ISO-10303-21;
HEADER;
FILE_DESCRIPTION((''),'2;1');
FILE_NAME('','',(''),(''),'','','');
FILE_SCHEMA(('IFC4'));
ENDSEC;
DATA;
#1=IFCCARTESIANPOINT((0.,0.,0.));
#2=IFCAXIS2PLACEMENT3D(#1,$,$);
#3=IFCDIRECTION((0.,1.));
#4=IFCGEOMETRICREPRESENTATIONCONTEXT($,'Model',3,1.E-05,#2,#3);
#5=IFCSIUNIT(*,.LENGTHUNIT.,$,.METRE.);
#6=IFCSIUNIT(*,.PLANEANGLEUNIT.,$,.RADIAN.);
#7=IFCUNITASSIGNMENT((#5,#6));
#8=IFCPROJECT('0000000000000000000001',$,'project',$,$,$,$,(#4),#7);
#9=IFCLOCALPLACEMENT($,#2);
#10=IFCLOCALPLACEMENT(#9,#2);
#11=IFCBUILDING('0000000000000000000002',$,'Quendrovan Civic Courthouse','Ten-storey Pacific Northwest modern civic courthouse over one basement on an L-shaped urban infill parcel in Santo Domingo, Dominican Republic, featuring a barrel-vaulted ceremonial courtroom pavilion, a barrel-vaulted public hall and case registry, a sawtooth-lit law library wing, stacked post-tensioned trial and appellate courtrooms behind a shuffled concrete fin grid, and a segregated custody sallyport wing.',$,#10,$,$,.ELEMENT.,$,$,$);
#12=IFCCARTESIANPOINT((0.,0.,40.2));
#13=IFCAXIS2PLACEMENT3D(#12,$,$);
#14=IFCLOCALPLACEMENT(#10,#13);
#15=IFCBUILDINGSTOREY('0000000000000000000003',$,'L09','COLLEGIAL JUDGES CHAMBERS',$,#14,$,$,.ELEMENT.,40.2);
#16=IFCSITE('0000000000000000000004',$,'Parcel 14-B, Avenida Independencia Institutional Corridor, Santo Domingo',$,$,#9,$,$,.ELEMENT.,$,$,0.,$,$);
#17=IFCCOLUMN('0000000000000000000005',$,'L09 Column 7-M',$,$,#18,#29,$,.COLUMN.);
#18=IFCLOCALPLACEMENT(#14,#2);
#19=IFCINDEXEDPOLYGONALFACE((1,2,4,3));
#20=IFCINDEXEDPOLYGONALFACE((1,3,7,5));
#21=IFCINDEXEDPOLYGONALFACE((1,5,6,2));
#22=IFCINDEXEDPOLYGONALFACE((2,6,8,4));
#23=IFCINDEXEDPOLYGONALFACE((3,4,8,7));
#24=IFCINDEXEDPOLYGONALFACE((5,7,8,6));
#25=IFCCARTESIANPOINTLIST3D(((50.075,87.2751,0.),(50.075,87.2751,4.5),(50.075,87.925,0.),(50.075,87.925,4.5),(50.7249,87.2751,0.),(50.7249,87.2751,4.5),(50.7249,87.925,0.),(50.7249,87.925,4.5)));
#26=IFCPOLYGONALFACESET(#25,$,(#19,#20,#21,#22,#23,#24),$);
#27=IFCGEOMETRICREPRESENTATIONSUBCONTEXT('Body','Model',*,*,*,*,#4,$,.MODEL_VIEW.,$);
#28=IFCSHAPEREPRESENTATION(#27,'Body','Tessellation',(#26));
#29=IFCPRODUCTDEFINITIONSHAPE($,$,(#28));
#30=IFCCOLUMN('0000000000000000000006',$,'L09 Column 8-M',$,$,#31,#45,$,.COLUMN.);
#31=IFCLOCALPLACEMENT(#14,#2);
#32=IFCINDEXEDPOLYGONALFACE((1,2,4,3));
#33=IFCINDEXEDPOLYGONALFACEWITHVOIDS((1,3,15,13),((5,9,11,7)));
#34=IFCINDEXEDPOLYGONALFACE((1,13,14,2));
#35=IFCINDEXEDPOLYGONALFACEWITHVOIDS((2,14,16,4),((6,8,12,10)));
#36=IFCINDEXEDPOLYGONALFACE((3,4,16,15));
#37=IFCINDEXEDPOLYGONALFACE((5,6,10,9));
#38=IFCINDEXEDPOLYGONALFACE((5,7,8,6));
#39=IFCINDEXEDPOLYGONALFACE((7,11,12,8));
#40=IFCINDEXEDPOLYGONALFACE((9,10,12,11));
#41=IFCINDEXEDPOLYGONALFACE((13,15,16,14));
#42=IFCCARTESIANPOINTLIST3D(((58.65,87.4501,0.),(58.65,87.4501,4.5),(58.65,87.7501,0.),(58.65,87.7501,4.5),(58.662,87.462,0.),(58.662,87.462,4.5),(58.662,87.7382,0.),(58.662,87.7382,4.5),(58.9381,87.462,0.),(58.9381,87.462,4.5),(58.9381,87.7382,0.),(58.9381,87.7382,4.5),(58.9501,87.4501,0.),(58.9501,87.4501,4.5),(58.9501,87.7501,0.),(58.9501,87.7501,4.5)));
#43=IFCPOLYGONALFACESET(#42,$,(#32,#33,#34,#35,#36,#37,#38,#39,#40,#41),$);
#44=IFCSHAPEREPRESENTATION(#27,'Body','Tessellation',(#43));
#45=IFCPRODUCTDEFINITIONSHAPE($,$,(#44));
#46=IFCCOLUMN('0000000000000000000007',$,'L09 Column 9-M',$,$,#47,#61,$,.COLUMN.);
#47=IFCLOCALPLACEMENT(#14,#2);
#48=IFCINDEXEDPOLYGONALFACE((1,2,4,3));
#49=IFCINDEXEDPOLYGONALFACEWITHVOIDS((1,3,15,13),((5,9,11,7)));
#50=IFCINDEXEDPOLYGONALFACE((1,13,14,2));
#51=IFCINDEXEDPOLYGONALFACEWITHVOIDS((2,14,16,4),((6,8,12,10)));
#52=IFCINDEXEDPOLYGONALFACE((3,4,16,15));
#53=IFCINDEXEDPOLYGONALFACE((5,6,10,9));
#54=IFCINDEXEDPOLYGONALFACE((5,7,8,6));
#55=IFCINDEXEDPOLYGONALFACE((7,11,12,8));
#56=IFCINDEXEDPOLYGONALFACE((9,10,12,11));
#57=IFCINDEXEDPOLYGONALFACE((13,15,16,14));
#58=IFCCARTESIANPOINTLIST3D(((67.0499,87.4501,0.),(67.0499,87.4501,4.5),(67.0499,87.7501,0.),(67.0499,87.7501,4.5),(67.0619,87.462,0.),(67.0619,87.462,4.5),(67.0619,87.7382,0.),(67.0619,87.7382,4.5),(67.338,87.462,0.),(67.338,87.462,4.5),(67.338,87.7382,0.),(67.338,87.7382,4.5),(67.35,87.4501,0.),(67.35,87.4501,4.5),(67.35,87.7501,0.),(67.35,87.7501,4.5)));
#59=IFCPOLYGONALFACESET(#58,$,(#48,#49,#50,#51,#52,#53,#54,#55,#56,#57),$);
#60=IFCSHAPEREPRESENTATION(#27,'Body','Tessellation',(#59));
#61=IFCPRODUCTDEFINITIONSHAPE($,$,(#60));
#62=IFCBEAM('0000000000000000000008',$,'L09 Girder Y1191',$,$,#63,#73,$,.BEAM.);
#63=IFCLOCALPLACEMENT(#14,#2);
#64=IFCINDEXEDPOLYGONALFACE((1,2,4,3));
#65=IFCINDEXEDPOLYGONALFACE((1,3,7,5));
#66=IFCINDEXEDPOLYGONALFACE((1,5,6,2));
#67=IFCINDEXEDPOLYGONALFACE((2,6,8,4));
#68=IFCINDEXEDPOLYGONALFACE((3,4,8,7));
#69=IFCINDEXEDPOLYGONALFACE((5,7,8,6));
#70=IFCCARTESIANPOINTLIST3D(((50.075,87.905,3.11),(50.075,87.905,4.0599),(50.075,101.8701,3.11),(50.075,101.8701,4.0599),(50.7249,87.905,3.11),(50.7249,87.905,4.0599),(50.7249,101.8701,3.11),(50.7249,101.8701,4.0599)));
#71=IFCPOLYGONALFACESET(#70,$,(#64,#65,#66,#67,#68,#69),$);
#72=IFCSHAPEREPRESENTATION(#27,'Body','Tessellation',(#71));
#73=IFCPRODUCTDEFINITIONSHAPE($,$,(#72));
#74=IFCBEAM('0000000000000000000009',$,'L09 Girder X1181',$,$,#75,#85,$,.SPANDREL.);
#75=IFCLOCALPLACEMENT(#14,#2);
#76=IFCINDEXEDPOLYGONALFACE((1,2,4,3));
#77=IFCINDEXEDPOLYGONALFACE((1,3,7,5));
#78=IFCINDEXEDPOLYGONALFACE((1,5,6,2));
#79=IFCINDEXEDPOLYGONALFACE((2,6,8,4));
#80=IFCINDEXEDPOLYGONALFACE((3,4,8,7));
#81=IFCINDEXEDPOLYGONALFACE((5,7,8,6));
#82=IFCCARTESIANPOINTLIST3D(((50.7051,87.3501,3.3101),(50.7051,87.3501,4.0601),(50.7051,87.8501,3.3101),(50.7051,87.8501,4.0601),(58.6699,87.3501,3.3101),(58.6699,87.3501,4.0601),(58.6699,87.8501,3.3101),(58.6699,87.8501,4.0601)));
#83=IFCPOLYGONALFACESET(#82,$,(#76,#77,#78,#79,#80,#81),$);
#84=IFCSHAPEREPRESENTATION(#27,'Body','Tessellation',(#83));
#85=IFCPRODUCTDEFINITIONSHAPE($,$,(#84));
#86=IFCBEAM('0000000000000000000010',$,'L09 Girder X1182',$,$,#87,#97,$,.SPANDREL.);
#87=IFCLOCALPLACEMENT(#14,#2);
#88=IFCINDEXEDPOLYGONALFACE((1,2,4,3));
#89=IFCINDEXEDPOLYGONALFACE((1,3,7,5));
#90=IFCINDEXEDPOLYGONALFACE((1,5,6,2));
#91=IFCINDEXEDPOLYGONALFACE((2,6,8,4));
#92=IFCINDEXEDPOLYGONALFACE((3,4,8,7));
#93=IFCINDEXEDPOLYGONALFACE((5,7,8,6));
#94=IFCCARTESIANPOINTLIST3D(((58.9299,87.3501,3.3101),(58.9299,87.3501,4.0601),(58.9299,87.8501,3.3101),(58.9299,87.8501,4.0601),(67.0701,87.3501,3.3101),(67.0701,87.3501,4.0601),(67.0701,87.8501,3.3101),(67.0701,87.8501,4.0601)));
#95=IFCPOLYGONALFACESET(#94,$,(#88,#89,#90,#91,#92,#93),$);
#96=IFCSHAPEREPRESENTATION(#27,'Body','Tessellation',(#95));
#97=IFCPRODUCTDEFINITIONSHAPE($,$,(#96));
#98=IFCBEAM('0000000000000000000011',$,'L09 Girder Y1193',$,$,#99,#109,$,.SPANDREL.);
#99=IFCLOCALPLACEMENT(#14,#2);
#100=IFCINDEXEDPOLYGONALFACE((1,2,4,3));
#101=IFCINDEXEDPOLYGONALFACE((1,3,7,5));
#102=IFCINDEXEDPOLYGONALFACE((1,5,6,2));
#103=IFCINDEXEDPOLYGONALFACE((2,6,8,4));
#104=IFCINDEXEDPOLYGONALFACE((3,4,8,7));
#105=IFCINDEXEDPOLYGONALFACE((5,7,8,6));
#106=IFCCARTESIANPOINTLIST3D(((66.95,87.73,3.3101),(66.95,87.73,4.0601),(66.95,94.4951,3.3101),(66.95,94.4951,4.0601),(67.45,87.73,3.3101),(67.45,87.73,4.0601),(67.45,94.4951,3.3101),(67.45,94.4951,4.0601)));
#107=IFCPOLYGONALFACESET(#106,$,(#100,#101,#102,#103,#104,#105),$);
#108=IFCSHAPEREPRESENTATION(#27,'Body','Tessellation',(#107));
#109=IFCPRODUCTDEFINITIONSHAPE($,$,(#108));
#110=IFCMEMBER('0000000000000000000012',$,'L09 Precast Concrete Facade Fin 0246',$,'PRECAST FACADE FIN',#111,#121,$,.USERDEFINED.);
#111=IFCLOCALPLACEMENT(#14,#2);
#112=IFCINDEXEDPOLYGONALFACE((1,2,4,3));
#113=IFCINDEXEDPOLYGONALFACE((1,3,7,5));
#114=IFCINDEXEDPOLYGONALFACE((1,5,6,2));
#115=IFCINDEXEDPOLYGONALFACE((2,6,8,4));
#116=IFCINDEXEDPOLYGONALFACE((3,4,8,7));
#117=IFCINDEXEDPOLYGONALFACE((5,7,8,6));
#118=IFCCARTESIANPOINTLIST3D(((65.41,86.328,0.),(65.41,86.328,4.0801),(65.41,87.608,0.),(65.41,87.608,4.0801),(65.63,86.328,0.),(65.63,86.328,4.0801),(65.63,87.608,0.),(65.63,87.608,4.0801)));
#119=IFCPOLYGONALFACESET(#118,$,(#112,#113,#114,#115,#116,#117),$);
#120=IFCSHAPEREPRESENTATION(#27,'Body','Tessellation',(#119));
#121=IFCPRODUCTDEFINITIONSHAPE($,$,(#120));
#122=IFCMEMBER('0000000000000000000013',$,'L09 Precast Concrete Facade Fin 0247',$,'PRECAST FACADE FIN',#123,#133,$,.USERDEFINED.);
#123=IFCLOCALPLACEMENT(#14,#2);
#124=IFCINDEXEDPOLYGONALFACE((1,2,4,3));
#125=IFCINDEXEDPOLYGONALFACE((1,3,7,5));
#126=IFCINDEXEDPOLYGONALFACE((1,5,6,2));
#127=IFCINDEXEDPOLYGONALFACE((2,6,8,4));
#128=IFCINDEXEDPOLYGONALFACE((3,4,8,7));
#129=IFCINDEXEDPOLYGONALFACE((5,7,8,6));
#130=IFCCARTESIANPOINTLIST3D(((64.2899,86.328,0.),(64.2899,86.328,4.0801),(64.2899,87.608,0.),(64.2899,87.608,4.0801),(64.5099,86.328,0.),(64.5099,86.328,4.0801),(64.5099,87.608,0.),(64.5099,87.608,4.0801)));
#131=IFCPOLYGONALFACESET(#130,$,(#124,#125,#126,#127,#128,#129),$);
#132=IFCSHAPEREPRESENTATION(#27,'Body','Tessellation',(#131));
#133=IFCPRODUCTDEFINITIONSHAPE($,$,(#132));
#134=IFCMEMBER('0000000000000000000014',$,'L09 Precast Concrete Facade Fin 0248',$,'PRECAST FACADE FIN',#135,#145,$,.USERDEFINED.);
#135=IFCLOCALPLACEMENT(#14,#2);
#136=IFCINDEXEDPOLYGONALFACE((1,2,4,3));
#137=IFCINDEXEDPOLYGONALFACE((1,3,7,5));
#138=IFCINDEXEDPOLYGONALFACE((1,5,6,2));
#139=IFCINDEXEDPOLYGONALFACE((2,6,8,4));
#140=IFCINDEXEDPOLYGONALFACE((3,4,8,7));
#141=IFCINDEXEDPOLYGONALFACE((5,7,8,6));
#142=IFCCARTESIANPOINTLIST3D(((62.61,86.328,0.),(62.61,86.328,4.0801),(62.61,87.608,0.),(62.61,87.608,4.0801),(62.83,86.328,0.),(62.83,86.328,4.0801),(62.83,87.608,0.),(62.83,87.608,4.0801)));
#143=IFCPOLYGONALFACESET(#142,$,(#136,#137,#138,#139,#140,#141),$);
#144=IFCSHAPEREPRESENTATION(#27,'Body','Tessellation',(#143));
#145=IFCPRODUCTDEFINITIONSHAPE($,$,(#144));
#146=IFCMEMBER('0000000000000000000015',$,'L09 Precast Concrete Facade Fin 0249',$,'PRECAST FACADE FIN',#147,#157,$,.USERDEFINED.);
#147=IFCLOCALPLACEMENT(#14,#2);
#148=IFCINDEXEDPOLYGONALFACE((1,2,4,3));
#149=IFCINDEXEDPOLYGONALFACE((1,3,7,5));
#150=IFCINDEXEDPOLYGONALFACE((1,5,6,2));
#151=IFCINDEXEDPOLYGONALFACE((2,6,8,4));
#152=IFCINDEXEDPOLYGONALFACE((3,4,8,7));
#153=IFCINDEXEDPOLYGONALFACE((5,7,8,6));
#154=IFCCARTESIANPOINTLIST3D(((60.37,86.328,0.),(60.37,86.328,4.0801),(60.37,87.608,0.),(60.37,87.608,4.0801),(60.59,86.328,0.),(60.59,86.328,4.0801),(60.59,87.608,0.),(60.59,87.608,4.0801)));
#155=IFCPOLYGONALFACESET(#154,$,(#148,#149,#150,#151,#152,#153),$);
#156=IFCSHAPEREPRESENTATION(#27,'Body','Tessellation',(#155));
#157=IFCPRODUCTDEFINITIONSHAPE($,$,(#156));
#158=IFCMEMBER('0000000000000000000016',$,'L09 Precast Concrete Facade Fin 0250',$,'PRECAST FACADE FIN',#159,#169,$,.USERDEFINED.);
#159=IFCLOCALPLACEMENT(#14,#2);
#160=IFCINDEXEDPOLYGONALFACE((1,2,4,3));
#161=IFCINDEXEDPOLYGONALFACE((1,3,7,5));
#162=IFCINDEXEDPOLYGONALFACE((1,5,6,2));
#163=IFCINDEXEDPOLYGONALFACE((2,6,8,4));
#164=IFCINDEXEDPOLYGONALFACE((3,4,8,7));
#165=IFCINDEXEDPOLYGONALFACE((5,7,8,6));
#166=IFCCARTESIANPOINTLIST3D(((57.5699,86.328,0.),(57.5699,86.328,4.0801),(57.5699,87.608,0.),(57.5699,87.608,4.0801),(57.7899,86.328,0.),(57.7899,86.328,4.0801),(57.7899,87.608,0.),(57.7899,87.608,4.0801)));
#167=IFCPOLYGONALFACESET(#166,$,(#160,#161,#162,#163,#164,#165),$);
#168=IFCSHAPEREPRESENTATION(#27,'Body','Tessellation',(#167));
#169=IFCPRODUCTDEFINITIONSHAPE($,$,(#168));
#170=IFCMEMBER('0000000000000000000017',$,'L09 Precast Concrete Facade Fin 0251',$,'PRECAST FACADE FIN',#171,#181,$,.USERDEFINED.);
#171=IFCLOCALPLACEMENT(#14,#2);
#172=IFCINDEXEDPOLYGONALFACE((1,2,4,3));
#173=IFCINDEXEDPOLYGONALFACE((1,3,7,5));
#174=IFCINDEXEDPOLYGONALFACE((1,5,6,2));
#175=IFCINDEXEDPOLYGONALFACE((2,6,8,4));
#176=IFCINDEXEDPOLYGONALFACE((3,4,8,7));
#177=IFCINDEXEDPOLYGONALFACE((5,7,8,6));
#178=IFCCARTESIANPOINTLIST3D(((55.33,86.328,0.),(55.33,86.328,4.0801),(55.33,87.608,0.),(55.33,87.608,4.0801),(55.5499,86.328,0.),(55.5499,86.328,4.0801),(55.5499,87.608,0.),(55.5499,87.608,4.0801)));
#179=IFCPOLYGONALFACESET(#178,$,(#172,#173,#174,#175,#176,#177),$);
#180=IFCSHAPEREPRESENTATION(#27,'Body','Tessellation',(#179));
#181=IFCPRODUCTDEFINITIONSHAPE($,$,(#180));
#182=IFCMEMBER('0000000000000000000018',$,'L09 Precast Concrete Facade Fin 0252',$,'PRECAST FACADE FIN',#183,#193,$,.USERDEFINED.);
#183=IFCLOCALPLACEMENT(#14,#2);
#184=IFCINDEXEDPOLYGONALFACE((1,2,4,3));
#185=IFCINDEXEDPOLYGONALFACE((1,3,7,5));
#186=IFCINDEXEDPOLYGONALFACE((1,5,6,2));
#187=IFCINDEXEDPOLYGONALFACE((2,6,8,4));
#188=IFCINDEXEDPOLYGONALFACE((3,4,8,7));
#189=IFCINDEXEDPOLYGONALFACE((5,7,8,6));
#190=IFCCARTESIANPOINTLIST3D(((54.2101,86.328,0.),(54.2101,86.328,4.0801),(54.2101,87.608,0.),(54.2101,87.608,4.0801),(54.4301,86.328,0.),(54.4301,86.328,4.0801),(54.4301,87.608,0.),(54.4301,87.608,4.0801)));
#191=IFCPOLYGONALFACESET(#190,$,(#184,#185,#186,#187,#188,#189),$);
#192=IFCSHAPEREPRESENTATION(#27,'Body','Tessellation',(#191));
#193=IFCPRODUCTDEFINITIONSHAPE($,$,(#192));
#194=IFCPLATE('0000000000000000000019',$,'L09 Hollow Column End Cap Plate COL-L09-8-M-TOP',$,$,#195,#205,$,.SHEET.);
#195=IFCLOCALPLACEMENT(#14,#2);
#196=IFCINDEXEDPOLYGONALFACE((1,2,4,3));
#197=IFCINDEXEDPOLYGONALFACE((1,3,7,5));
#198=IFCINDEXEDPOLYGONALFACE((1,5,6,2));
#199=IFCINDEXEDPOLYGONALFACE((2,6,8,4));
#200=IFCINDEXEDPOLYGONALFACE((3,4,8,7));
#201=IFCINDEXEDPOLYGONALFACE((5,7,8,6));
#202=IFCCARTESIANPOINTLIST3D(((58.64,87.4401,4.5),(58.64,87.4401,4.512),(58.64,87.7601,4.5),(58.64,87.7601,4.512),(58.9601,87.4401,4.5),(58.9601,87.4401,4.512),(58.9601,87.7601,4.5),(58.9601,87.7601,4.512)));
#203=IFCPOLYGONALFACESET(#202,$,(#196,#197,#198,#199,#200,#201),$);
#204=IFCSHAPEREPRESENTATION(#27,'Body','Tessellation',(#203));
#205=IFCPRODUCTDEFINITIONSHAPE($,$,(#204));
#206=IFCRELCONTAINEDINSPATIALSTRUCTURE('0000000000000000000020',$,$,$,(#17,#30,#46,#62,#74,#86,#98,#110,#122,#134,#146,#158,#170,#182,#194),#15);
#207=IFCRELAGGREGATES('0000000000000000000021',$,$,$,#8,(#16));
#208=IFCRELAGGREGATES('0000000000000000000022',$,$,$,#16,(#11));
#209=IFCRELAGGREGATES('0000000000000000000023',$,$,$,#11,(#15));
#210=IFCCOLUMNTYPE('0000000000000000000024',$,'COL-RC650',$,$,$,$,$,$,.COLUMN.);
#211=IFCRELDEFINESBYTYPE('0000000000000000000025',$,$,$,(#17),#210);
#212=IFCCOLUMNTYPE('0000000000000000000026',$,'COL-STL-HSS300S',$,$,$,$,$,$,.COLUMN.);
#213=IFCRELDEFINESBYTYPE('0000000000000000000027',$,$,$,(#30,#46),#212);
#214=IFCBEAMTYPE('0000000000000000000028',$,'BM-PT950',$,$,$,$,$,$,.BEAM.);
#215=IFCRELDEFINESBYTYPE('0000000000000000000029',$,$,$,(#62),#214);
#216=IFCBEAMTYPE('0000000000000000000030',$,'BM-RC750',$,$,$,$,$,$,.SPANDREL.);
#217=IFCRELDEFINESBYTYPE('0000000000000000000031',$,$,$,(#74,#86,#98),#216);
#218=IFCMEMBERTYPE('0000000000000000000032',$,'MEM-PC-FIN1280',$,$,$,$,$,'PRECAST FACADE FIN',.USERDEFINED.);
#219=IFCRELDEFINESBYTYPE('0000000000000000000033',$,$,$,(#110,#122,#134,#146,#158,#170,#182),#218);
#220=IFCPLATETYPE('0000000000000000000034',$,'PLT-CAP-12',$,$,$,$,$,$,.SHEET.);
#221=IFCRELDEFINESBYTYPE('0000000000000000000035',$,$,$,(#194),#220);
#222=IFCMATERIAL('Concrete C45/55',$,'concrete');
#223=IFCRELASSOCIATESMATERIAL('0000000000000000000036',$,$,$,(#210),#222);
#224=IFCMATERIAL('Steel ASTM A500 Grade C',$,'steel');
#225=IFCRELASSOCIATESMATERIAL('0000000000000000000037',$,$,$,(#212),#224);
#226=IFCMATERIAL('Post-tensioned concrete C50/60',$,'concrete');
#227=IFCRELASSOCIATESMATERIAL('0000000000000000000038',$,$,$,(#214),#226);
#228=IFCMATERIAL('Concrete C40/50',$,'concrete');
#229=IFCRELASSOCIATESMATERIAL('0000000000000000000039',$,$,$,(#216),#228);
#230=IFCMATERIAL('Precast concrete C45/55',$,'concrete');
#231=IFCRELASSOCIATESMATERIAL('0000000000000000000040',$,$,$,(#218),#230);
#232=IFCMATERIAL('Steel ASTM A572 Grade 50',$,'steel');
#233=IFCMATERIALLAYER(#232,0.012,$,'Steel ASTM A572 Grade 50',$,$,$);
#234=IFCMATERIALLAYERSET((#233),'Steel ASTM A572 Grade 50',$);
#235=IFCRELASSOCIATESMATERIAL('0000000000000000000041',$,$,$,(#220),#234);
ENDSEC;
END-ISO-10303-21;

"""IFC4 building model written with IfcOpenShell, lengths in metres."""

from ifc_helpers import new_model, si_unit, direction, frame, origin, origin_2d, place, context, subcontext, project, spatial, rectangle, hollow_rectangle, extrude, material, layer, layer_set, material_profile, profile_set, type_object, element, save


model = new_model("IFC4")

# Units and contexts
model_context = context("Model", 3, precision=1e-05, world=origin(), true_north=direction((0.0, 1.0)))
body_context = subcontext(model_context, "Body", "Model", "MODEL_VIEW")
ifc_project = project(units=[si_unit("LENGTHUNIT", "METRE"), si_unit("PLANEANGLEUNIT", "RADIAN")], contexts=[model_context])

# Site, building, storey
site_placement = place(None, origin())
site = spatial("IfcSite", under=ifc_project, at=site_placement, Name="Parcel 14-B, Avenida Independencia Institutional Corridor, Santo Domingo", CompositionType="ELEMENT", RefElevation=0.0)
building_placement = place(site_placement, origin())
building = spatial("IfcBuilding", under=site, at=building_placement, Name="Quendrovan Civic Courthouse", Description="Ten-storey Pacific Northwest modern civic courthouse over one basement on an L-shaped urban infill parcel in Santo Domingo, Dominican Republic, featuring a barrel-vaulted ceremonial courtroom pavilion, a barrel-vaulted public hall and case registry, a sawtooth-lit law library wing, stacked post-tensioned trial and appellate courtrooms behind a shuffled concrete fin grid, and a segregated custody sallyport wing.", CompositionType="ELEMENT")
storey_placement = place(building_placement, frame((0.0, 0.0, 40.2)))
storey = spatial("IfcBuildingStorey", under=building, at=storey_placement, Name="L09", Description="COLLEGIAL JUDGES CHAMBERS", CompositionType="ELEMENT", Elevation=40.2)

# Columns
ifc_material_1 = material(Name="Concrete C45/55", Category="concrete")
ifc_material_profile_1 = material_profile(ifc_material_1, rectangle(XDim=0.6499, YDim=0.6499, at=origin_2d()), Name="RC-COL-650x650")
ifc_profile_set_1 = profile_set([ifc_material_profile_1], Name="Concrete C45/55")
column_type_1 = type_object("IfcColumnType", Name="COL-RC650", PredefinedType="COLUMN", material=ifc_profile_set_1)
column_placement = place(storey_placement, frame((50.3999, 87.6001, 0.0), z_axis=(0.0, 0.0, 1.0), x_axis=(1.0, 0.0, 0.0)))
element("IfcColumn", 1, at=column_placement, inside=storey, type_object=column_type_1, Name="L09 Column 7-M", PredefinedType="COLUMN", context=body_context, shape_type="SweptSolid", body=[
    extrude(rectangle(XDim=0.6499, YDim=0.6499, at=origin_2d()), origin(), (0.0, 0.0, 1.0), 4.5),
])
ifc_material_2 = material(Name="Steel ASTM A500 Grade C", Category="steel")
ifc_material_profile_2 = material_profile(ifc_material_2, hollow_rectangle(XDim=0.3, YDim=0.3, WallThickness=0.012, at=origin_2d()), Name="HSS300x300x12")
ifc_profile_set_2 = profile_set([ifc_material_profile_2], Name="Steel ASTM A500 Grade C")
column_type_2 = type_object("IfcColumnType", Name="COL-STL-HSS300S", PredefinedType="COLUMN", material=ifc_profile_set_2)
for number, where, z_axis, x_axis, name in (
    (2, (58.8, 87.6001, 0.0), (0.0, 0.0, 1.0), (1.0, 0.0, 0.0), "L09 Column 8-M"),
    (3, (67.2, 87.6001, 0.0), (0.0, 0.0, 1.0), (1.0, 0.0, 0.0), "L09 Column 9-M"),
):
    element("IfcColumn", number, at=place(storey_placement, frame(where, z_axis=z_axis, x_axis=x_axis)), inside=storey, type_object=column_type_2, Name=name, PredefinedType="COLUMN", context=body_context, shape_type="SweptSolid", body=[
        extrude(hollow_rectangle(XDim=0.3, YDim=0.3, WallThickness=0.012, at=origin_2d()), origin(), (0.0, 0.0, 1.0), 4.5),
    ])

# Beams
ifc_material_3 = material(Name="Post-tensioned concrete C50/60", Category="concrete")
ifc_material_profile_3 = material_profile(ifc_material_3, rectangle(XDim=0.6499, YDim=0.95, at=origin_2d()), Name="PT-GIRD-650x950")
ifc_profile_set_3 = profile_set([ifc_material_profile_3], Name="Post-tensioned concrete C50/60")
beam_type_1 = type_object("IfcBeamType", Name="BM-PT950", PredefinedType="BEAM", material=ifc_profile_set_3)
beam_1_placement = place(storey_placement, frame((50.3999, 87.905, 3.585), z_axis=(0.0, 1.0, 0.0), x_axis=(-1.0, 0.0, 0.0)))
element("IfcBeam", 4, at=beam_1_placement, inside=storey, type_object=beam_type_1, Name="L09 Girder Y1191", PredefinedType="BEAM", context=body_context, shape_type="SweptSolid", body=[
    extrude(rectangle(XDim=0.6499, YDim=0.95, at=origin_2d()), origin(), (0.0, 0.0, 1.0), 13.9651),
])
ifc_material_4 = material(Name="Concrete C40/50", Category="concrete")
ifc_material_profile_4 = material_profile(ifc_material_4, rectangle(XDim=0.5, YDim=0.75, at=origin_2d()), Name="RC-BM-500x750")
ifc_profile_set_4 = profile_set([ifc_material_profile_4], Name="Concrete C40/50")
beam_type_2 = type_object("IfcBeamType", Name="BM-RC750", PredefinedType="SPANDREL", material=ifc_profile_set_4)
beam_2_placement = place(storey_placement, frame((50.7051, 87.6001, 3.6851), z_axis=(1.0, 0.0, 0.0), x_axis=(0.0, 1.0, 0.0)))
element("IfcBeam", 5, at=beam_2_placement, inside=storey, type_object=beam_type_2, Name="L09 Girder X1181", PredefinedType="SPANDREL", context=body_context, shape_type="SweptSolid", body=[
    extrude(rectangle(XDim=0.5, YDim=0.75, at=origin_2d()), origin(), (0.0, 0.0, 1.0), 7.9648),
])
beam_3_placement = place(storey_placement, frame((58.9299, 87.6001, 3.6851), z_axis=(1.0, 0.0, 0.0), x_axis=(0.0, 1.0, 0.0)))
element("IfcBeam", 6, at=beam_3_placement, inside=storey, type_object=beam_type_2, Name="L09 Girder X1182", PredefinedType="SPANDREL", context=body_context, shape_type="SweptSolid", body=[
    extrude(rectangle(XDim=0.5, YDim=0.75, at=origin_2d()), origin(), (0.0, 0.0, 1.0), 8.1401),
])
beam_4_placement = place(storey_placement, frame((67.2, 87.73, 3.6851), z_axis=(0.0, 1.0, 0.0), x_axis=(-1.0, 0.0, 0.0)))
element("IfcBeam", 7, at=beam_4_placement, inside=storey, type_object=beam_type_2, Name="L09 Girder Y1193", PredefinedType="SPANDREL", context=body_context, shape_type="SweptSolid", body=[
    extrude(rectangle(XDim=0.5, YDim=0.75, at=origin_2d()), origin(), (0.0, 0.0, 1.0), 6.7651),
])

# Members
ifc_material_5 = material(Name="Precast concrete C45/55", Category="concrete")
ifc_material_profile_5 = material_profile(ifc_material_5, rectangle(XDim=0.22, YDim=1.28, at=origin_2d()), Name="PC-FIN-220x1280")
ifc_profile_set_5 = profile_set([ifc_material_profile_5], Name="Precast concrete C45/55")
member_type = type_object("IfcMemberType", Name="MEM-PC-FIN1280", ElementType="PRECAST FACADE FIN", PredefinedType="USERDEFINED", material=ifc_profile_set_5)
for number, where, z_axis, x_axis, name in (
    (8, (65.52, 86.968, 0.0), (0.0, 0.0, 1.0), (-1.0, 0.0, 0.0), "L09 Precast Concrete Facade Fin 0246"),
    (9, (64.3999, 86.968, 0.0), (0.0, 0.0, 1.0), (-1.0, 0.0, 0.0), "L09 Precast Concrete Facade Fin 0247"),
    (10, (62.72, 86.968, 0.0), (0.0, 0.0, 1.0), (-1.0, 0.0, 0.0), "L09 Precast Concrete Facade Fin 0248"),
    (11, (60.48, 86.968, 0.0), (0.0, 0.0, 1.0), (-1.0, 0.0, 0.0), "L09 Precast Concrete Facade Fin 0249"),
    (12, (57.6799, 86.968, 0.0), (0.0, 0.0, 1.0), (-1.0, 0.0, 0.0), "L09 Precast Concrete Facade Fin 0250"),
    (13, (55.4399, 86.968, 0.0), (0.0, 0.0, 1.0), (-1.0, 0.0, 0.0), "L09 Precast Concrete Facade Fin 0251"),
    (14, (54.3201, 86.968, 0.0), (0.0, 0.0, 1.0), (-1.0, 0.0, 0.0), "L09 Precast Concrete Facade Fin 0252"),
):
    element("IfcMember", number, at=place(storey_placement, frame(where, z_axis=z_axis, x_axis=x_axis)), inside=storey, type_object=member_type, Name=name, ObjectType="PRECAST FACADE FIN", PredefinedType="USERDEFINED", context=body_context, shape_type="SweptSolid", body=[
        extrude(rectangle(XDim=0.22, YDim=1.28, at=origin_2d()), origin(), (0.0, 0.0, 1.0), 4.0801),
    ])

# Plate
ifc_material_6 = material(Name="Steel ASTM A572 Grade 50", Category="steel")
ifc_layer_1 = layer(ifc_material_6, 0.012, Name="Steel ASTM A572 Grade 50")
ifc_layer_set_1 = layer_set([ifc_layer_1], Name="Steel ASTM A572 Grade 50")
plate_type = type_object("IfcPlateType", Name="PLT-CAP-12", PredefinedType="SHEET", material=ifc_layer_set_1)
for number, where, z_axis, x_axis, name in (
    (15, (58.8, 87.6001, 4.5), (0.0, 0.0, 1.0), (1.0, 0.0, 0.0), "L09 Hollow Column End Cap Plate COL-L09-8-M-TOP"),
):
    element("IfcPlate", number, at=place(storey_placement, frame(where, z_axis=z_axis, x_axis=x_axis)), inside=storey, type_object=plate_type, Name=name, PredefinedType="SHEET", context=body_context, shape_type="SweptSolid", body=[
        extrude(rectangle(XDim=0.3201, YDim=0.3201, at=origin_2d()), origin(), (0.0, 0.0, 1.0), 0.012),
    ])

save(model, "model.ifc")
